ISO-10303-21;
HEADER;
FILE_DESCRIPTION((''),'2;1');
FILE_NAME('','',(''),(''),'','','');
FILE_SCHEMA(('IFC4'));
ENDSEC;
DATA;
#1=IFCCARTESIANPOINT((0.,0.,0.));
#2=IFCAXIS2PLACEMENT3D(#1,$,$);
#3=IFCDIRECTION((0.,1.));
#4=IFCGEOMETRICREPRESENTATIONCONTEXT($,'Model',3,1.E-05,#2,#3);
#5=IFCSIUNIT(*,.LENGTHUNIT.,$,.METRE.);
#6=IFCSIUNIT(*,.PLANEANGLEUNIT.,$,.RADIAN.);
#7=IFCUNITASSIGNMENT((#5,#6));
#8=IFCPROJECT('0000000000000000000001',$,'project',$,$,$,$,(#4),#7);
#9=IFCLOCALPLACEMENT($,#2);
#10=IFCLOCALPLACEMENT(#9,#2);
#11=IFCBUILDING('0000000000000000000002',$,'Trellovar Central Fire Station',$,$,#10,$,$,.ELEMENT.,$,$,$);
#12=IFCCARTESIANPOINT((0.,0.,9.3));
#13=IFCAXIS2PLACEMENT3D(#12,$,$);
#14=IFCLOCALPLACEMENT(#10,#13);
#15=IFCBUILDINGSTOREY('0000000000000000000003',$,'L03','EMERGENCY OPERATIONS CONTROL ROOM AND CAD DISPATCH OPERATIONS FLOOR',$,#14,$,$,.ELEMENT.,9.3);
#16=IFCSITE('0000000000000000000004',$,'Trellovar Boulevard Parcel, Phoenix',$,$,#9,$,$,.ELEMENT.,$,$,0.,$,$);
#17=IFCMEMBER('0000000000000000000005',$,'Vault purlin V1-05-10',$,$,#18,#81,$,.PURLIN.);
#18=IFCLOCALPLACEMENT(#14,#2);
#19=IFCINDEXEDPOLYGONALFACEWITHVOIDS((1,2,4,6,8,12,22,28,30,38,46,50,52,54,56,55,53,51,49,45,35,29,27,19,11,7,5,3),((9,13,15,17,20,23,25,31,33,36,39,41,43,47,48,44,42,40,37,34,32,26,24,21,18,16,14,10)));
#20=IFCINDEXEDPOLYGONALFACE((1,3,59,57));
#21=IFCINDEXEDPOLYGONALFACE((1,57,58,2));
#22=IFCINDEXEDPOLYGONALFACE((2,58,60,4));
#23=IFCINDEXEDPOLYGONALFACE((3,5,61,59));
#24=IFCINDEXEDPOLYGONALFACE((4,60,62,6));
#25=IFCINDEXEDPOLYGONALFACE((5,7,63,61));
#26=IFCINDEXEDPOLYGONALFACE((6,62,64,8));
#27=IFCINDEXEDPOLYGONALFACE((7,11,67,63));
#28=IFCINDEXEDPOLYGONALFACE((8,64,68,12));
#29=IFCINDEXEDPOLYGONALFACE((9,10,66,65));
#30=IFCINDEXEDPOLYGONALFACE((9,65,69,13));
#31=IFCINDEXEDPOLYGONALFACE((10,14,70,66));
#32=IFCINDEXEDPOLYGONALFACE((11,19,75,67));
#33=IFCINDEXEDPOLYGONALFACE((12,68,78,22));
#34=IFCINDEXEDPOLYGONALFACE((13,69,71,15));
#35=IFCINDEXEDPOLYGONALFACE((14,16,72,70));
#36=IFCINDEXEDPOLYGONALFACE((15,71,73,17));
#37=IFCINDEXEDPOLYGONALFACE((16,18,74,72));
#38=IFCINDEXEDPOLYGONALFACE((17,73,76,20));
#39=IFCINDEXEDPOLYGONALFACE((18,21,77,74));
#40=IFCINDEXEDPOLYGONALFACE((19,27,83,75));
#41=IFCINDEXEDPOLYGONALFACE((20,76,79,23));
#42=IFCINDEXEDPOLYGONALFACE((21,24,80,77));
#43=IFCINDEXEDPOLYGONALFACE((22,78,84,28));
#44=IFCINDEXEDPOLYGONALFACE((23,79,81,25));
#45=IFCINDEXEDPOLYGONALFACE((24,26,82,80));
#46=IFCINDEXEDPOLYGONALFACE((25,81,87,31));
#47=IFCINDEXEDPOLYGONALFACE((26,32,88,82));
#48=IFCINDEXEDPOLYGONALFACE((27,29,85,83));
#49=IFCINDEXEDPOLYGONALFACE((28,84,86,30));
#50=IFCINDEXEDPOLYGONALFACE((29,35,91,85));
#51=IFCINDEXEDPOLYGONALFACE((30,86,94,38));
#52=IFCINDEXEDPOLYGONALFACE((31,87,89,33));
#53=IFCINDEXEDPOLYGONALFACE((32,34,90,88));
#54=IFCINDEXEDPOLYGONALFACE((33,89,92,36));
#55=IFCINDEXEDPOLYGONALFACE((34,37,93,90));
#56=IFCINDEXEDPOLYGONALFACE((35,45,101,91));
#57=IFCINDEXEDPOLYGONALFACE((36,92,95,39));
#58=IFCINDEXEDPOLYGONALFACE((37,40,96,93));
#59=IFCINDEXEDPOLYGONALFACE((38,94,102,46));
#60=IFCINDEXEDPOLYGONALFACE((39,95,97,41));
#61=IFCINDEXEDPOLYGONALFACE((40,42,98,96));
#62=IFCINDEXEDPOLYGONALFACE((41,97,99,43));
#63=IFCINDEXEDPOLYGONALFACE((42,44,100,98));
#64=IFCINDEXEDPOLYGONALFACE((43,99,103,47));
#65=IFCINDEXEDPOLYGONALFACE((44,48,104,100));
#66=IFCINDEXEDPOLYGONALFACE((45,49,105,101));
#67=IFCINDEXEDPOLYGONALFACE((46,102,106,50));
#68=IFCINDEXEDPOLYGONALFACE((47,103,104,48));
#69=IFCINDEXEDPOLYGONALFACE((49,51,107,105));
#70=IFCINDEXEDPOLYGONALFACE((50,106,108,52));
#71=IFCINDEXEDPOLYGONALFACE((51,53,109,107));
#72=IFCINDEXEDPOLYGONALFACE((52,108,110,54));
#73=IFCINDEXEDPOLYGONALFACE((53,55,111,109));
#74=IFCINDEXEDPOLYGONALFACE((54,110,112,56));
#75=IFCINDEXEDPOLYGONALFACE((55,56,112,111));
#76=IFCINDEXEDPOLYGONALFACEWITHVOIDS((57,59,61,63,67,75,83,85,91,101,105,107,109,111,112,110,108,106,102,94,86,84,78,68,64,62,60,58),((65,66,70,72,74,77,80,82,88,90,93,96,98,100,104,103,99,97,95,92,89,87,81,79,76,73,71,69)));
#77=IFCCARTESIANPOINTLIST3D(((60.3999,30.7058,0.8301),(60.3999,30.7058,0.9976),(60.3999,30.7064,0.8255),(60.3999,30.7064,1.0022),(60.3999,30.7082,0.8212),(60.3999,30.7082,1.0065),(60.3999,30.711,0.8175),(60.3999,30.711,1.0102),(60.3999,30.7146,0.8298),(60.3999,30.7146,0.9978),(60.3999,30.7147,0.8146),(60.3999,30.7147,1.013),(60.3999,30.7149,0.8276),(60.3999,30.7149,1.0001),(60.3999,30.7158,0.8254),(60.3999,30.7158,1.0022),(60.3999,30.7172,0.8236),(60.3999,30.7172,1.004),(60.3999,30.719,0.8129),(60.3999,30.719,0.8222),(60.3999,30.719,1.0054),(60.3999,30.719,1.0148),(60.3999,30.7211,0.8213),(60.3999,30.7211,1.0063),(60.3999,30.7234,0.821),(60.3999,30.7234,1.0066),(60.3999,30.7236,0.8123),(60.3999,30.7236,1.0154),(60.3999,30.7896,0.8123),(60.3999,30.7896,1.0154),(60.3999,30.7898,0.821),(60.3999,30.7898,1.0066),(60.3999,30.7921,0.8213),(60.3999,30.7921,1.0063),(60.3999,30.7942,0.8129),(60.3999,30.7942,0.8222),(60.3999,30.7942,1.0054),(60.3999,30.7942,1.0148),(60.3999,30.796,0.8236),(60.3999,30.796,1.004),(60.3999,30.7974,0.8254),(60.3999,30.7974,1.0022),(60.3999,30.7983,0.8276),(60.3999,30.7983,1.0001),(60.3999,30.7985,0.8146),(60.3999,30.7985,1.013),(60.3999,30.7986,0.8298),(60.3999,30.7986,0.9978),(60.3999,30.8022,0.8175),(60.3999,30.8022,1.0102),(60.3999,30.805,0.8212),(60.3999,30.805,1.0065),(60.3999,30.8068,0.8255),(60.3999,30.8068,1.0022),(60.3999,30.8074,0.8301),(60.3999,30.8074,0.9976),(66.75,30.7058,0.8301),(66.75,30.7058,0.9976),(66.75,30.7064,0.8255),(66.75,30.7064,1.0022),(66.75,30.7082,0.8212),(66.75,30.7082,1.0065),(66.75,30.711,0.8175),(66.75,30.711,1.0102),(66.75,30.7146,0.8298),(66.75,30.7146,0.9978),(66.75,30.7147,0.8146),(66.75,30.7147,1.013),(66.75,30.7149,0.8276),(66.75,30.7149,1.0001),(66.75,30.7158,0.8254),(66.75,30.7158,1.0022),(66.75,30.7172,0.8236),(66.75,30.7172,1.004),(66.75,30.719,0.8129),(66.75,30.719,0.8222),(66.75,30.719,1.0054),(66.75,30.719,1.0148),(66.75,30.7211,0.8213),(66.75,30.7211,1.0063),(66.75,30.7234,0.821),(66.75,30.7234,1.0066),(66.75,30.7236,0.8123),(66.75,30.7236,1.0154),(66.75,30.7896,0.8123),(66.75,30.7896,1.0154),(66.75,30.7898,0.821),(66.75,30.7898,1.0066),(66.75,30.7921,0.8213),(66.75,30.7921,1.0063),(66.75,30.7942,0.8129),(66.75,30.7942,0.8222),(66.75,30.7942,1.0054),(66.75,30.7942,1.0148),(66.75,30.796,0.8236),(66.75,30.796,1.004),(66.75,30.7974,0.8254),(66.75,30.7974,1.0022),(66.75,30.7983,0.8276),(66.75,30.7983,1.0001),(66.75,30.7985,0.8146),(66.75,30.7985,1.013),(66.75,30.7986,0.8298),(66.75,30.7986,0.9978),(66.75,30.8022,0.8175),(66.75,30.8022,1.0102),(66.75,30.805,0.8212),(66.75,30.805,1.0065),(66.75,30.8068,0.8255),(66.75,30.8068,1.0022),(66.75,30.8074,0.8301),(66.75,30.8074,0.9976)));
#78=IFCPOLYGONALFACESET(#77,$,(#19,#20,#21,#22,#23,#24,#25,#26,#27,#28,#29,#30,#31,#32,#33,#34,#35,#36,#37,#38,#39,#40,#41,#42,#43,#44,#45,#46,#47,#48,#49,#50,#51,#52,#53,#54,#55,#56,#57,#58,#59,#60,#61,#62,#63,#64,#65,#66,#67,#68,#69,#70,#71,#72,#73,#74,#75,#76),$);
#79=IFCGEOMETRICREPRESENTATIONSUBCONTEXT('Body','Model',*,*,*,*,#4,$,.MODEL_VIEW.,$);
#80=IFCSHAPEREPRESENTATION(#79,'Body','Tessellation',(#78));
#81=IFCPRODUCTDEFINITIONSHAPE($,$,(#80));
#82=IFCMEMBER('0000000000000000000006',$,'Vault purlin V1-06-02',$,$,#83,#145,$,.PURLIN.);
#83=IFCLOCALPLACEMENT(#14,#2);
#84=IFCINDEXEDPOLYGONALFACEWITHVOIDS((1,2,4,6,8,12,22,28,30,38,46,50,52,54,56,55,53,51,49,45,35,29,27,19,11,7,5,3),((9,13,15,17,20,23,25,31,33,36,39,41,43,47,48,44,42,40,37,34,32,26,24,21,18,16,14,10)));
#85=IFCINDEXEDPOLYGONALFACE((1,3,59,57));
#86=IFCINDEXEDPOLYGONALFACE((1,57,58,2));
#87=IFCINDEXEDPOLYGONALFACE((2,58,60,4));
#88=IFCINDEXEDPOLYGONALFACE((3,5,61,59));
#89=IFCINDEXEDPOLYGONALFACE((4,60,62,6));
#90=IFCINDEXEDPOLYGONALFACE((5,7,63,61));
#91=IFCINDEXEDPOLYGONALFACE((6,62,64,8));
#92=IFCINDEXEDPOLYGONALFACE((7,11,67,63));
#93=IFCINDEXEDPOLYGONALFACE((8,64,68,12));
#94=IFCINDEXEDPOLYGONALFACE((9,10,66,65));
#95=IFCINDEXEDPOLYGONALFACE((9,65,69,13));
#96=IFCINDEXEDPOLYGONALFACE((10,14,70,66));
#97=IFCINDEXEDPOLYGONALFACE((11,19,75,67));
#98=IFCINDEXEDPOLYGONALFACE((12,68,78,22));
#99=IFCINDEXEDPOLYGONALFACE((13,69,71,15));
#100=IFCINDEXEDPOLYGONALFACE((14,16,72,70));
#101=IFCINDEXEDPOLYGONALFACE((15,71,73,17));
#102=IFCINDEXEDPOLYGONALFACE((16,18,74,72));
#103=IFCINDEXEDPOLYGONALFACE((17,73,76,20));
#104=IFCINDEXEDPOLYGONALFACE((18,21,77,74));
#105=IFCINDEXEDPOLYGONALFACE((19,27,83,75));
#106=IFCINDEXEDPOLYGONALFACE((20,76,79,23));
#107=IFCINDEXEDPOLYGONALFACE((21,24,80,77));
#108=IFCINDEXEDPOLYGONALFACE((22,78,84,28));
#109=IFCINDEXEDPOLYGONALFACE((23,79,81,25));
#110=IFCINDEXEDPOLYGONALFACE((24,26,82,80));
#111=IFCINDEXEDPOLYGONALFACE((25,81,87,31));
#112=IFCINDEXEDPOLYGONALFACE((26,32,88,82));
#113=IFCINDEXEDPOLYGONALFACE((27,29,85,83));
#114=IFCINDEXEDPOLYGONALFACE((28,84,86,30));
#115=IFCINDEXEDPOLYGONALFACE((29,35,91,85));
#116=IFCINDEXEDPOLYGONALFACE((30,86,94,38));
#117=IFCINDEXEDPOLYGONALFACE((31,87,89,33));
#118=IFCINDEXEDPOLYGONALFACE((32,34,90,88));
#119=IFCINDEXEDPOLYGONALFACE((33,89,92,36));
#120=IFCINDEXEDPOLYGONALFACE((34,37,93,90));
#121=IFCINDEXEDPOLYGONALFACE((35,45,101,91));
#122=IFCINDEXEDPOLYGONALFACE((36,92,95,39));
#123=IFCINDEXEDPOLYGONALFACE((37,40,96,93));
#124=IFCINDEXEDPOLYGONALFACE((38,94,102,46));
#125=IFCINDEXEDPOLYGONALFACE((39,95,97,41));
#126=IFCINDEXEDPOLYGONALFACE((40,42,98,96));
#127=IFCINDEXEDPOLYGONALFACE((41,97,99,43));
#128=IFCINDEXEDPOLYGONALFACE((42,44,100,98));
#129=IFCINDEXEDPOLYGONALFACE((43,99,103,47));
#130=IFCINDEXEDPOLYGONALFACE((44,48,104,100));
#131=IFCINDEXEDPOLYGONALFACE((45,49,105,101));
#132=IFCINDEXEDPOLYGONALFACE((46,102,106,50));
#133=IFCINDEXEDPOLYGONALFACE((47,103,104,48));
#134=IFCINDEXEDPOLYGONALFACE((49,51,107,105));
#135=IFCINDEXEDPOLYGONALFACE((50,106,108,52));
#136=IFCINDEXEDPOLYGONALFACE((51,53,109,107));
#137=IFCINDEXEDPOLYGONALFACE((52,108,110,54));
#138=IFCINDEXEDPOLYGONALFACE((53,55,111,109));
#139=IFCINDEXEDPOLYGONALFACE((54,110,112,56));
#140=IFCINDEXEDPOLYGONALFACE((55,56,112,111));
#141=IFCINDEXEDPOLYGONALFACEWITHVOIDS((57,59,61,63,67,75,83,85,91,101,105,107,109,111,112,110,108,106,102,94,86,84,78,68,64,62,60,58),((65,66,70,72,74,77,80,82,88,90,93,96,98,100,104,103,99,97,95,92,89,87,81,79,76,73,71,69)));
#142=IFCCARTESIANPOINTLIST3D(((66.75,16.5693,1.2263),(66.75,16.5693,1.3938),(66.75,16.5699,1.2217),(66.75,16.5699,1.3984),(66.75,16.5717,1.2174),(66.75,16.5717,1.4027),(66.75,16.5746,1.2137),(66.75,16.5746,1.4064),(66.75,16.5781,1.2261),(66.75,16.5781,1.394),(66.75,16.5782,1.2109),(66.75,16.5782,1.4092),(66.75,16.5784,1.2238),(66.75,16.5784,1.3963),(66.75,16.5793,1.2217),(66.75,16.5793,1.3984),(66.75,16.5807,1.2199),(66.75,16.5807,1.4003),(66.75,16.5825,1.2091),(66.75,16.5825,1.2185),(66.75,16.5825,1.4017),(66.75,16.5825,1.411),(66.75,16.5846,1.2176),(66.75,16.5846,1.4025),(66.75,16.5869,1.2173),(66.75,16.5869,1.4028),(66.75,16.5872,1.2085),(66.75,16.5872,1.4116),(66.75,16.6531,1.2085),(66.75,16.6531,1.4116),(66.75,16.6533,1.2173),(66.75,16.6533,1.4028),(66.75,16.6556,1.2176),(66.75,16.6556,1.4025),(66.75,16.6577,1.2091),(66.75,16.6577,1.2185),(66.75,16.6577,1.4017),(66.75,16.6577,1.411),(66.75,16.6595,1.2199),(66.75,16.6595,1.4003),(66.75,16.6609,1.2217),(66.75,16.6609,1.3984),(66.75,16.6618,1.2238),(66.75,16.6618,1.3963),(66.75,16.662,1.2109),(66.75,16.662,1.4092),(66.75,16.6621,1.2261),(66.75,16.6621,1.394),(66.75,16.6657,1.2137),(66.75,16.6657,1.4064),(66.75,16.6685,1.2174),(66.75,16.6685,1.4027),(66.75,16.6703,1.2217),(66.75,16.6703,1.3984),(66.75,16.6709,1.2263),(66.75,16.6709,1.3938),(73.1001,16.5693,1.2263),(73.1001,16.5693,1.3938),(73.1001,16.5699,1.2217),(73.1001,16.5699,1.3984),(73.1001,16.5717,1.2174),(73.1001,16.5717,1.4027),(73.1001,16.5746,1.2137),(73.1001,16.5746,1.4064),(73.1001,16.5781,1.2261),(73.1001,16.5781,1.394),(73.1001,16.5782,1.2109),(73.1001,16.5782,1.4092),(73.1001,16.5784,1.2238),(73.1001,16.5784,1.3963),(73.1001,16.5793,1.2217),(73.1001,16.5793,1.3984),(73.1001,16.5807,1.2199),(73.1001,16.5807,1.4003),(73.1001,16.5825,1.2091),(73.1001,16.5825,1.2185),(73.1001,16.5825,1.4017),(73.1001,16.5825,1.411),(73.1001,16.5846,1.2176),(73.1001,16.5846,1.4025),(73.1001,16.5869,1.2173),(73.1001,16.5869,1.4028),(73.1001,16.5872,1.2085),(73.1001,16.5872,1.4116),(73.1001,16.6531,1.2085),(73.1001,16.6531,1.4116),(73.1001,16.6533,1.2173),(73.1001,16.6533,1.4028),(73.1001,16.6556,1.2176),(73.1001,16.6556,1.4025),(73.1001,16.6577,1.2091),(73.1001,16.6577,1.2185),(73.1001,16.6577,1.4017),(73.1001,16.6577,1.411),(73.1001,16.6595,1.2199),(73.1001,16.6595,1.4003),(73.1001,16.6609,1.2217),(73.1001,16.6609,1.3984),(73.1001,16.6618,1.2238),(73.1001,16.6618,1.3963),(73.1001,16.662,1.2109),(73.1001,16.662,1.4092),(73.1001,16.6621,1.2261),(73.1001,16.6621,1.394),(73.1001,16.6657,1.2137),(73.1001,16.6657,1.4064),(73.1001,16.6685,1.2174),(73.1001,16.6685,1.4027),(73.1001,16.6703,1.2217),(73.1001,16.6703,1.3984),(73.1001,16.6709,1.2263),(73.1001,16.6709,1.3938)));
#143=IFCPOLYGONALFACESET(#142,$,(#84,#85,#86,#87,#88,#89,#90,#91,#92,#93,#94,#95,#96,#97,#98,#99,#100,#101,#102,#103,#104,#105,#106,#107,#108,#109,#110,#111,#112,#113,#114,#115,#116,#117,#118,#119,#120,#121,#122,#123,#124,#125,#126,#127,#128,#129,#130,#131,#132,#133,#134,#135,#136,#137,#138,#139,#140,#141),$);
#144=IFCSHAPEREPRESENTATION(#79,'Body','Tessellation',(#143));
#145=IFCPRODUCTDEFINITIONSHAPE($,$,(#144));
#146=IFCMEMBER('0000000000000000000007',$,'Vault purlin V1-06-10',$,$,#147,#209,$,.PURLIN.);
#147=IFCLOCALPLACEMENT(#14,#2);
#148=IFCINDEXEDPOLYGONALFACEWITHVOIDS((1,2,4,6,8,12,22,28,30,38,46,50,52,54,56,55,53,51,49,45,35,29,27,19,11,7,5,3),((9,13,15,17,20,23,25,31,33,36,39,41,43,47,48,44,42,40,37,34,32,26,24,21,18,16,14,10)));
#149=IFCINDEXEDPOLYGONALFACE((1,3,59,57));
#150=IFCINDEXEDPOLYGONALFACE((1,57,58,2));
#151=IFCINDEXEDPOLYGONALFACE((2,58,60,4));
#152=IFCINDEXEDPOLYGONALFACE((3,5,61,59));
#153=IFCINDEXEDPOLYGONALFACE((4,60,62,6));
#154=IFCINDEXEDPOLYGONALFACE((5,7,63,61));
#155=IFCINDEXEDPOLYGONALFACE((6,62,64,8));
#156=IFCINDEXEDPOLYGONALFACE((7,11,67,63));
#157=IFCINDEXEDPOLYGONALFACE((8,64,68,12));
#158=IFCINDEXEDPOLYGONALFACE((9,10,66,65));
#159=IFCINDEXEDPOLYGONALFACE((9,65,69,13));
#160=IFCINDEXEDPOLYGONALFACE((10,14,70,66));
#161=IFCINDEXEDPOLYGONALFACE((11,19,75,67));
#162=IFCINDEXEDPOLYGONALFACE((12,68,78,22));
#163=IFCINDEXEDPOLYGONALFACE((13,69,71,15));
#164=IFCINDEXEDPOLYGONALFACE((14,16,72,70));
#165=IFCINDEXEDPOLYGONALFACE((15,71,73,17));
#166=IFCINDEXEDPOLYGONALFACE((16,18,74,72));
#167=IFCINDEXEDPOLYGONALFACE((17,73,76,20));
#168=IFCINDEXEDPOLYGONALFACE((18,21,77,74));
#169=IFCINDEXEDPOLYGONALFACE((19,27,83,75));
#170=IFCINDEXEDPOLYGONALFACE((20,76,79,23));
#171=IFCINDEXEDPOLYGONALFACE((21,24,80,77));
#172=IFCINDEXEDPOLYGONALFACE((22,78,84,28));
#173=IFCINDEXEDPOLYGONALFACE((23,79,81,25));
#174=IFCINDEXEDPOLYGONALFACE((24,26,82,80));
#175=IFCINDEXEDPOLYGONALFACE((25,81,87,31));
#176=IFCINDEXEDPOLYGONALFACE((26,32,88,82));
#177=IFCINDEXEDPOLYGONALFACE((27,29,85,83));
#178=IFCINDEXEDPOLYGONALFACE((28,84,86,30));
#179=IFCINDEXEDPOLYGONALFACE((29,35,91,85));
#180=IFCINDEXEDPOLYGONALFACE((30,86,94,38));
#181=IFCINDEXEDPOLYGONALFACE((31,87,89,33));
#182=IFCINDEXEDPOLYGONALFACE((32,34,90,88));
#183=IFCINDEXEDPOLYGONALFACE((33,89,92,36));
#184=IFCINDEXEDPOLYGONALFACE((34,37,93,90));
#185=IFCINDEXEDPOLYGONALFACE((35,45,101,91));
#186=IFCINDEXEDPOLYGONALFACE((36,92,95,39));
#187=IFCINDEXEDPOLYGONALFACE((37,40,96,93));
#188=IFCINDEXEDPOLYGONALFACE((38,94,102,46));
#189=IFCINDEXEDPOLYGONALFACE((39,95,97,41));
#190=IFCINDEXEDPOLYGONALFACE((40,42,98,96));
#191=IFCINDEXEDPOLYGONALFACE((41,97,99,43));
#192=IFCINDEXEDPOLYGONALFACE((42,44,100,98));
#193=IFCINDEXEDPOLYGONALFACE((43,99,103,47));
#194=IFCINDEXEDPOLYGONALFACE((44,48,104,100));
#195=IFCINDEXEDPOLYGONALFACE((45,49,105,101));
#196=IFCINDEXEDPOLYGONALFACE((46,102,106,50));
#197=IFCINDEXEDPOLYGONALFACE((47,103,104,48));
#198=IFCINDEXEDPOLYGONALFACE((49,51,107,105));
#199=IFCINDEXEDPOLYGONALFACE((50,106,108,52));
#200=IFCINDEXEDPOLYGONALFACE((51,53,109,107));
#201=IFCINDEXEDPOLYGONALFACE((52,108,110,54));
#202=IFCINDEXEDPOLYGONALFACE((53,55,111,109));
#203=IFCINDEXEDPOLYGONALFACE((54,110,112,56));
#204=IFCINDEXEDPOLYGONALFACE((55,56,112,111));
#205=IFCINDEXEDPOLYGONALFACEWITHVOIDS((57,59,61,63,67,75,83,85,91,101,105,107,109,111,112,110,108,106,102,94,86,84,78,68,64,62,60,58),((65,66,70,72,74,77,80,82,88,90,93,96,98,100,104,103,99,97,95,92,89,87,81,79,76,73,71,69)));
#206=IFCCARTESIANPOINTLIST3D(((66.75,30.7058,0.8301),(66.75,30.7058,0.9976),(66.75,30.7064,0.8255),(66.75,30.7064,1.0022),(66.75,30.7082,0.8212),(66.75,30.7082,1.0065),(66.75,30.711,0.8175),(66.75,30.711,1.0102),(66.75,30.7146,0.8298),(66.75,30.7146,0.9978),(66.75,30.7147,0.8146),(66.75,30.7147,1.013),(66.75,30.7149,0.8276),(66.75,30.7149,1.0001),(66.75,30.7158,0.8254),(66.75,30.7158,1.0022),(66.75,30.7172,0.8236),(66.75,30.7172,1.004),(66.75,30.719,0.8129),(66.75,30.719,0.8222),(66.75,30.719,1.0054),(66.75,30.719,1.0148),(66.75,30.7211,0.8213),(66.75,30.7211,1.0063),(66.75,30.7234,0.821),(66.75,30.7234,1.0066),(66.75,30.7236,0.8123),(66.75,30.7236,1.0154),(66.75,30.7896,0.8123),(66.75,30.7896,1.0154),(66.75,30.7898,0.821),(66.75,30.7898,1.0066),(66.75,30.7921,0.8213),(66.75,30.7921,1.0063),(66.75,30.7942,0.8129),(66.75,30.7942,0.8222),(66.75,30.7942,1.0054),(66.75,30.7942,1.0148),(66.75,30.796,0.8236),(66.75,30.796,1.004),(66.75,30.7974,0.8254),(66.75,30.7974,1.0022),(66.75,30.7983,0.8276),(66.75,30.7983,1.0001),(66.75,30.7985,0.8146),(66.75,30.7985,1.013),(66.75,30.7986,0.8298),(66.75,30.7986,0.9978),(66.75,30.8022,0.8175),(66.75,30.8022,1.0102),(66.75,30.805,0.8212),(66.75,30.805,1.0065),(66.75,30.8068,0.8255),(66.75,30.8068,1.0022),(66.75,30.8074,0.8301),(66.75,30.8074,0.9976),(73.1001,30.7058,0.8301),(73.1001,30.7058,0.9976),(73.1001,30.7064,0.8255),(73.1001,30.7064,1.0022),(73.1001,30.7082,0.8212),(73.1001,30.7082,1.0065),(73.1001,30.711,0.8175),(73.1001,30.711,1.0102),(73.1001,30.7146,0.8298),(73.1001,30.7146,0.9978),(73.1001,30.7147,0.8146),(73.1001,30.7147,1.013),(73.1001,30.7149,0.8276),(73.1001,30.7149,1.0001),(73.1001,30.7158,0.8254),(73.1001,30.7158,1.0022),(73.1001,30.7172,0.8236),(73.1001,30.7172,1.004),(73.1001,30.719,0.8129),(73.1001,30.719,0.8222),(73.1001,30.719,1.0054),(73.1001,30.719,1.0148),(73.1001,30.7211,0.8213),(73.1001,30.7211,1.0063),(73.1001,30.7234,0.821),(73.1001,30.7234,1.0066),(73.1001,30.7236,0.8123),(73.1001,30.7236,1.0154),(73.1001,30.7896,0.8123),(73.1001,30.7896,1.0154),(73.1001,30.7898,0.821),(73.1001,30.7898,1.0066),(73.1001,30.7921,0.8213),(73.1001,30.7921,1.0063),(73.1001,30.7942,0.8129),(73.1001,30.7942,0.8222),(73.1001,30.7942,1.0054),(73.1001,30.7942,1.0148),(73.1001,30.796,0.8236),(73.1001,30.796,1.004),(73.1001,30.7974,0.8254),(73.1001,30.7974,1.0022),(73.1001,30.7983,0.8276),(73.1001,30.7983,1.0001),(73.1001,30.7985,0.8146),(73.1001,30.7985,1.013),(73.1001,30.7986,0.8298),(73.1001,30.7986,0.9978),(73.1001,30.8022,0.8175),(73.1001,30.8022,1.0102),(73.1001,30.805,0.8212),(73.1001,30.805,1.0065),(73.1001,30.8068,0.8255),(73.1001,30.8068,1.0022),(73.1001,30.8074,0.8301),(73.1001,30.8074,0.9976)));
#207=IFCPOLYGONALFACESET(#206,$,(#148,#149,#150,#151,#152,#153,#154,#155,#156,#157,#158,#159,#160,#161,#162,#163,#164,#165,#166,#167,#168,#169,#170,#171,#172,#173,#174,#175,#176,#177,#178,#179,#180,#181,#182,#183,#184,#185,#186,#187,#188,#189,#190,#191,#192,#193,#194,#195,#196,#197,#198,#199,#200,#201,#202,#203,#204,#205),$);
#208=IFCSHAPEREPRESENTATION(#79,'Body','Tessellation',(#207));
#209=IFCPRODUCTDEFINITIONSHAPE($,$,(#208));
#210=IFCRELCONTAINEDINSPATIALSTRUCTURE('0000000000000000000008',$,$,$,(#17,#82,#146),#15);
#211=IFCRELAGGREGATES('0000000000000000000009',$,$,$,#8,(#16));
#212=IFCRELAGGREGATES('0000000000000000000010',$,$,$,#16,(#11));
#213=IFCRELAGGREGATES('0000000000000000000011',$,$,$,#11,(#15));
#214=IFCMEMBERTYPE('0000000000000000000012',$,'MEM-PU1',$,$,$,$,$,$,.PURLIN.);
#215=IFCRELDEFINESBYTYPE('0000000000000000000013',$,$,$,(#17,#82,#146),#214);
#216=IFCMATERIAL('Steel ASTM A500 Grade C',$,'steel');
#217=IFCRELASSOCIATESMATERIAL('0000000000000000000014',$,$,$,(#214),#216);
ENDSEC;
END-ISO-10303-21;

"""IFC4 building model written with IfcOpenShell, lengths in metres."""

from ifc_helpers import new_model, si_unit, direction, frame, origin, origin_2d, place, context, subcontext, project, spatial, hollow_rectangle, extrude, material, material_profile, profile_set, type_object, element, save


model = new_model("IFC4")

# Units and contexts
model_context = context("Model", 3, precision=1e-05, world=origin(), true_north=direction((0.0, 1.0)))
body_context = subcontext(model_context, "Body", "Model", "MODEL_VIEW")
ifc_project = project(units=[si_unit("LENGTHUNIT", "METRE"), si_unit("PLANEANGLEUNIT", "RADIAN")], contexts=[model_context])

# Site, building, storey
site_placement = place(None, origin())
site = spatial("IfcSite", under=ifc_project, at=site_placement, Name="Trellovar Boulevard Parcel, Phoenix", CompositionType="ELEMENT", RefElevation=0.0)
building_placement = place(site_placement, origin())
building = spatial("IfcBuilding", under=site, at=building_placement, Name="Trellovar Central Fire Station", CompositionType="ELEMENT")
storey_placement = place(building_placement, frame((0.0, 0.0, 9.3)))
storey = spatial("IfcBuildingStorey", under=building, at=storey_placement, Name="L03", Description="EMERGENCY OPERATIONS CONTROL ROOM AND CAD DISPATCH OPERATIONS FLOOR", CompositionType="ELEMENT", Elevation=9.3)

# Members
ifc_material_1 = material(Name="Steel ASTM A500 Grade C", Category="steel")
ifc_material_profile_1 = material_profile(ifc_material_1, hollow_rectangle(XDim=0.1016, YDim=0.2031, WallThickness=0.0088, InnerFilletRadius=0.0088, OuterFilletRadius=0.0178, at=origin_2d()), Name="HSS8X4X3/8")
ifc_profile_set_1 = profile_set([ifc_material_profile_1], Name="Steel ASTM A500 Grade C")
member_type_1 = type_object("IfcMemberType", Name="MEM-PU1", PredefinedType="PURLIN", material=ifc_profile_set_1)
for number, where, z_axis, x_axis, name in (
    (1, (60.3999, 30.7566, 0.9138), (1.0, 0.0, 0.0), (0.0, 1.0, 0.0), "Vault purlin V1-05-10"),
    (2, (66.75, 16.6201, 1.3101), (1.0, 0.0, 0.0), (0.0, 1.0, 0.0), "Vault purlin V1-06-02"),
    (3, (66.75, 30.7566, 0.9138), (1.0, 0.0, 0.0), (0.0, 1.0, 0.0), "Vault purlin V1-06-10"),
):
    element("IfcMember", number, at=place(storey_placement, frame(where, z_axis=z_axis, x_axis=x_axis)), inside=storey, type_object=member_type_1, Name=name, PredefinedType="PURLIN", context=body_context, shape_type="SweptSolid", body=[
        extrude(hollow_rectangle(XDim=0.1016, YDim=0.2031, WallThickness=0.0088, InnerFilletRadius=0.0088, OuterFilletRadius=0.0178, at=origin_2d()), origin(), (0.0, 0.0, 1.0), 6.3501),
    ])

save(model, "model.ifc")
